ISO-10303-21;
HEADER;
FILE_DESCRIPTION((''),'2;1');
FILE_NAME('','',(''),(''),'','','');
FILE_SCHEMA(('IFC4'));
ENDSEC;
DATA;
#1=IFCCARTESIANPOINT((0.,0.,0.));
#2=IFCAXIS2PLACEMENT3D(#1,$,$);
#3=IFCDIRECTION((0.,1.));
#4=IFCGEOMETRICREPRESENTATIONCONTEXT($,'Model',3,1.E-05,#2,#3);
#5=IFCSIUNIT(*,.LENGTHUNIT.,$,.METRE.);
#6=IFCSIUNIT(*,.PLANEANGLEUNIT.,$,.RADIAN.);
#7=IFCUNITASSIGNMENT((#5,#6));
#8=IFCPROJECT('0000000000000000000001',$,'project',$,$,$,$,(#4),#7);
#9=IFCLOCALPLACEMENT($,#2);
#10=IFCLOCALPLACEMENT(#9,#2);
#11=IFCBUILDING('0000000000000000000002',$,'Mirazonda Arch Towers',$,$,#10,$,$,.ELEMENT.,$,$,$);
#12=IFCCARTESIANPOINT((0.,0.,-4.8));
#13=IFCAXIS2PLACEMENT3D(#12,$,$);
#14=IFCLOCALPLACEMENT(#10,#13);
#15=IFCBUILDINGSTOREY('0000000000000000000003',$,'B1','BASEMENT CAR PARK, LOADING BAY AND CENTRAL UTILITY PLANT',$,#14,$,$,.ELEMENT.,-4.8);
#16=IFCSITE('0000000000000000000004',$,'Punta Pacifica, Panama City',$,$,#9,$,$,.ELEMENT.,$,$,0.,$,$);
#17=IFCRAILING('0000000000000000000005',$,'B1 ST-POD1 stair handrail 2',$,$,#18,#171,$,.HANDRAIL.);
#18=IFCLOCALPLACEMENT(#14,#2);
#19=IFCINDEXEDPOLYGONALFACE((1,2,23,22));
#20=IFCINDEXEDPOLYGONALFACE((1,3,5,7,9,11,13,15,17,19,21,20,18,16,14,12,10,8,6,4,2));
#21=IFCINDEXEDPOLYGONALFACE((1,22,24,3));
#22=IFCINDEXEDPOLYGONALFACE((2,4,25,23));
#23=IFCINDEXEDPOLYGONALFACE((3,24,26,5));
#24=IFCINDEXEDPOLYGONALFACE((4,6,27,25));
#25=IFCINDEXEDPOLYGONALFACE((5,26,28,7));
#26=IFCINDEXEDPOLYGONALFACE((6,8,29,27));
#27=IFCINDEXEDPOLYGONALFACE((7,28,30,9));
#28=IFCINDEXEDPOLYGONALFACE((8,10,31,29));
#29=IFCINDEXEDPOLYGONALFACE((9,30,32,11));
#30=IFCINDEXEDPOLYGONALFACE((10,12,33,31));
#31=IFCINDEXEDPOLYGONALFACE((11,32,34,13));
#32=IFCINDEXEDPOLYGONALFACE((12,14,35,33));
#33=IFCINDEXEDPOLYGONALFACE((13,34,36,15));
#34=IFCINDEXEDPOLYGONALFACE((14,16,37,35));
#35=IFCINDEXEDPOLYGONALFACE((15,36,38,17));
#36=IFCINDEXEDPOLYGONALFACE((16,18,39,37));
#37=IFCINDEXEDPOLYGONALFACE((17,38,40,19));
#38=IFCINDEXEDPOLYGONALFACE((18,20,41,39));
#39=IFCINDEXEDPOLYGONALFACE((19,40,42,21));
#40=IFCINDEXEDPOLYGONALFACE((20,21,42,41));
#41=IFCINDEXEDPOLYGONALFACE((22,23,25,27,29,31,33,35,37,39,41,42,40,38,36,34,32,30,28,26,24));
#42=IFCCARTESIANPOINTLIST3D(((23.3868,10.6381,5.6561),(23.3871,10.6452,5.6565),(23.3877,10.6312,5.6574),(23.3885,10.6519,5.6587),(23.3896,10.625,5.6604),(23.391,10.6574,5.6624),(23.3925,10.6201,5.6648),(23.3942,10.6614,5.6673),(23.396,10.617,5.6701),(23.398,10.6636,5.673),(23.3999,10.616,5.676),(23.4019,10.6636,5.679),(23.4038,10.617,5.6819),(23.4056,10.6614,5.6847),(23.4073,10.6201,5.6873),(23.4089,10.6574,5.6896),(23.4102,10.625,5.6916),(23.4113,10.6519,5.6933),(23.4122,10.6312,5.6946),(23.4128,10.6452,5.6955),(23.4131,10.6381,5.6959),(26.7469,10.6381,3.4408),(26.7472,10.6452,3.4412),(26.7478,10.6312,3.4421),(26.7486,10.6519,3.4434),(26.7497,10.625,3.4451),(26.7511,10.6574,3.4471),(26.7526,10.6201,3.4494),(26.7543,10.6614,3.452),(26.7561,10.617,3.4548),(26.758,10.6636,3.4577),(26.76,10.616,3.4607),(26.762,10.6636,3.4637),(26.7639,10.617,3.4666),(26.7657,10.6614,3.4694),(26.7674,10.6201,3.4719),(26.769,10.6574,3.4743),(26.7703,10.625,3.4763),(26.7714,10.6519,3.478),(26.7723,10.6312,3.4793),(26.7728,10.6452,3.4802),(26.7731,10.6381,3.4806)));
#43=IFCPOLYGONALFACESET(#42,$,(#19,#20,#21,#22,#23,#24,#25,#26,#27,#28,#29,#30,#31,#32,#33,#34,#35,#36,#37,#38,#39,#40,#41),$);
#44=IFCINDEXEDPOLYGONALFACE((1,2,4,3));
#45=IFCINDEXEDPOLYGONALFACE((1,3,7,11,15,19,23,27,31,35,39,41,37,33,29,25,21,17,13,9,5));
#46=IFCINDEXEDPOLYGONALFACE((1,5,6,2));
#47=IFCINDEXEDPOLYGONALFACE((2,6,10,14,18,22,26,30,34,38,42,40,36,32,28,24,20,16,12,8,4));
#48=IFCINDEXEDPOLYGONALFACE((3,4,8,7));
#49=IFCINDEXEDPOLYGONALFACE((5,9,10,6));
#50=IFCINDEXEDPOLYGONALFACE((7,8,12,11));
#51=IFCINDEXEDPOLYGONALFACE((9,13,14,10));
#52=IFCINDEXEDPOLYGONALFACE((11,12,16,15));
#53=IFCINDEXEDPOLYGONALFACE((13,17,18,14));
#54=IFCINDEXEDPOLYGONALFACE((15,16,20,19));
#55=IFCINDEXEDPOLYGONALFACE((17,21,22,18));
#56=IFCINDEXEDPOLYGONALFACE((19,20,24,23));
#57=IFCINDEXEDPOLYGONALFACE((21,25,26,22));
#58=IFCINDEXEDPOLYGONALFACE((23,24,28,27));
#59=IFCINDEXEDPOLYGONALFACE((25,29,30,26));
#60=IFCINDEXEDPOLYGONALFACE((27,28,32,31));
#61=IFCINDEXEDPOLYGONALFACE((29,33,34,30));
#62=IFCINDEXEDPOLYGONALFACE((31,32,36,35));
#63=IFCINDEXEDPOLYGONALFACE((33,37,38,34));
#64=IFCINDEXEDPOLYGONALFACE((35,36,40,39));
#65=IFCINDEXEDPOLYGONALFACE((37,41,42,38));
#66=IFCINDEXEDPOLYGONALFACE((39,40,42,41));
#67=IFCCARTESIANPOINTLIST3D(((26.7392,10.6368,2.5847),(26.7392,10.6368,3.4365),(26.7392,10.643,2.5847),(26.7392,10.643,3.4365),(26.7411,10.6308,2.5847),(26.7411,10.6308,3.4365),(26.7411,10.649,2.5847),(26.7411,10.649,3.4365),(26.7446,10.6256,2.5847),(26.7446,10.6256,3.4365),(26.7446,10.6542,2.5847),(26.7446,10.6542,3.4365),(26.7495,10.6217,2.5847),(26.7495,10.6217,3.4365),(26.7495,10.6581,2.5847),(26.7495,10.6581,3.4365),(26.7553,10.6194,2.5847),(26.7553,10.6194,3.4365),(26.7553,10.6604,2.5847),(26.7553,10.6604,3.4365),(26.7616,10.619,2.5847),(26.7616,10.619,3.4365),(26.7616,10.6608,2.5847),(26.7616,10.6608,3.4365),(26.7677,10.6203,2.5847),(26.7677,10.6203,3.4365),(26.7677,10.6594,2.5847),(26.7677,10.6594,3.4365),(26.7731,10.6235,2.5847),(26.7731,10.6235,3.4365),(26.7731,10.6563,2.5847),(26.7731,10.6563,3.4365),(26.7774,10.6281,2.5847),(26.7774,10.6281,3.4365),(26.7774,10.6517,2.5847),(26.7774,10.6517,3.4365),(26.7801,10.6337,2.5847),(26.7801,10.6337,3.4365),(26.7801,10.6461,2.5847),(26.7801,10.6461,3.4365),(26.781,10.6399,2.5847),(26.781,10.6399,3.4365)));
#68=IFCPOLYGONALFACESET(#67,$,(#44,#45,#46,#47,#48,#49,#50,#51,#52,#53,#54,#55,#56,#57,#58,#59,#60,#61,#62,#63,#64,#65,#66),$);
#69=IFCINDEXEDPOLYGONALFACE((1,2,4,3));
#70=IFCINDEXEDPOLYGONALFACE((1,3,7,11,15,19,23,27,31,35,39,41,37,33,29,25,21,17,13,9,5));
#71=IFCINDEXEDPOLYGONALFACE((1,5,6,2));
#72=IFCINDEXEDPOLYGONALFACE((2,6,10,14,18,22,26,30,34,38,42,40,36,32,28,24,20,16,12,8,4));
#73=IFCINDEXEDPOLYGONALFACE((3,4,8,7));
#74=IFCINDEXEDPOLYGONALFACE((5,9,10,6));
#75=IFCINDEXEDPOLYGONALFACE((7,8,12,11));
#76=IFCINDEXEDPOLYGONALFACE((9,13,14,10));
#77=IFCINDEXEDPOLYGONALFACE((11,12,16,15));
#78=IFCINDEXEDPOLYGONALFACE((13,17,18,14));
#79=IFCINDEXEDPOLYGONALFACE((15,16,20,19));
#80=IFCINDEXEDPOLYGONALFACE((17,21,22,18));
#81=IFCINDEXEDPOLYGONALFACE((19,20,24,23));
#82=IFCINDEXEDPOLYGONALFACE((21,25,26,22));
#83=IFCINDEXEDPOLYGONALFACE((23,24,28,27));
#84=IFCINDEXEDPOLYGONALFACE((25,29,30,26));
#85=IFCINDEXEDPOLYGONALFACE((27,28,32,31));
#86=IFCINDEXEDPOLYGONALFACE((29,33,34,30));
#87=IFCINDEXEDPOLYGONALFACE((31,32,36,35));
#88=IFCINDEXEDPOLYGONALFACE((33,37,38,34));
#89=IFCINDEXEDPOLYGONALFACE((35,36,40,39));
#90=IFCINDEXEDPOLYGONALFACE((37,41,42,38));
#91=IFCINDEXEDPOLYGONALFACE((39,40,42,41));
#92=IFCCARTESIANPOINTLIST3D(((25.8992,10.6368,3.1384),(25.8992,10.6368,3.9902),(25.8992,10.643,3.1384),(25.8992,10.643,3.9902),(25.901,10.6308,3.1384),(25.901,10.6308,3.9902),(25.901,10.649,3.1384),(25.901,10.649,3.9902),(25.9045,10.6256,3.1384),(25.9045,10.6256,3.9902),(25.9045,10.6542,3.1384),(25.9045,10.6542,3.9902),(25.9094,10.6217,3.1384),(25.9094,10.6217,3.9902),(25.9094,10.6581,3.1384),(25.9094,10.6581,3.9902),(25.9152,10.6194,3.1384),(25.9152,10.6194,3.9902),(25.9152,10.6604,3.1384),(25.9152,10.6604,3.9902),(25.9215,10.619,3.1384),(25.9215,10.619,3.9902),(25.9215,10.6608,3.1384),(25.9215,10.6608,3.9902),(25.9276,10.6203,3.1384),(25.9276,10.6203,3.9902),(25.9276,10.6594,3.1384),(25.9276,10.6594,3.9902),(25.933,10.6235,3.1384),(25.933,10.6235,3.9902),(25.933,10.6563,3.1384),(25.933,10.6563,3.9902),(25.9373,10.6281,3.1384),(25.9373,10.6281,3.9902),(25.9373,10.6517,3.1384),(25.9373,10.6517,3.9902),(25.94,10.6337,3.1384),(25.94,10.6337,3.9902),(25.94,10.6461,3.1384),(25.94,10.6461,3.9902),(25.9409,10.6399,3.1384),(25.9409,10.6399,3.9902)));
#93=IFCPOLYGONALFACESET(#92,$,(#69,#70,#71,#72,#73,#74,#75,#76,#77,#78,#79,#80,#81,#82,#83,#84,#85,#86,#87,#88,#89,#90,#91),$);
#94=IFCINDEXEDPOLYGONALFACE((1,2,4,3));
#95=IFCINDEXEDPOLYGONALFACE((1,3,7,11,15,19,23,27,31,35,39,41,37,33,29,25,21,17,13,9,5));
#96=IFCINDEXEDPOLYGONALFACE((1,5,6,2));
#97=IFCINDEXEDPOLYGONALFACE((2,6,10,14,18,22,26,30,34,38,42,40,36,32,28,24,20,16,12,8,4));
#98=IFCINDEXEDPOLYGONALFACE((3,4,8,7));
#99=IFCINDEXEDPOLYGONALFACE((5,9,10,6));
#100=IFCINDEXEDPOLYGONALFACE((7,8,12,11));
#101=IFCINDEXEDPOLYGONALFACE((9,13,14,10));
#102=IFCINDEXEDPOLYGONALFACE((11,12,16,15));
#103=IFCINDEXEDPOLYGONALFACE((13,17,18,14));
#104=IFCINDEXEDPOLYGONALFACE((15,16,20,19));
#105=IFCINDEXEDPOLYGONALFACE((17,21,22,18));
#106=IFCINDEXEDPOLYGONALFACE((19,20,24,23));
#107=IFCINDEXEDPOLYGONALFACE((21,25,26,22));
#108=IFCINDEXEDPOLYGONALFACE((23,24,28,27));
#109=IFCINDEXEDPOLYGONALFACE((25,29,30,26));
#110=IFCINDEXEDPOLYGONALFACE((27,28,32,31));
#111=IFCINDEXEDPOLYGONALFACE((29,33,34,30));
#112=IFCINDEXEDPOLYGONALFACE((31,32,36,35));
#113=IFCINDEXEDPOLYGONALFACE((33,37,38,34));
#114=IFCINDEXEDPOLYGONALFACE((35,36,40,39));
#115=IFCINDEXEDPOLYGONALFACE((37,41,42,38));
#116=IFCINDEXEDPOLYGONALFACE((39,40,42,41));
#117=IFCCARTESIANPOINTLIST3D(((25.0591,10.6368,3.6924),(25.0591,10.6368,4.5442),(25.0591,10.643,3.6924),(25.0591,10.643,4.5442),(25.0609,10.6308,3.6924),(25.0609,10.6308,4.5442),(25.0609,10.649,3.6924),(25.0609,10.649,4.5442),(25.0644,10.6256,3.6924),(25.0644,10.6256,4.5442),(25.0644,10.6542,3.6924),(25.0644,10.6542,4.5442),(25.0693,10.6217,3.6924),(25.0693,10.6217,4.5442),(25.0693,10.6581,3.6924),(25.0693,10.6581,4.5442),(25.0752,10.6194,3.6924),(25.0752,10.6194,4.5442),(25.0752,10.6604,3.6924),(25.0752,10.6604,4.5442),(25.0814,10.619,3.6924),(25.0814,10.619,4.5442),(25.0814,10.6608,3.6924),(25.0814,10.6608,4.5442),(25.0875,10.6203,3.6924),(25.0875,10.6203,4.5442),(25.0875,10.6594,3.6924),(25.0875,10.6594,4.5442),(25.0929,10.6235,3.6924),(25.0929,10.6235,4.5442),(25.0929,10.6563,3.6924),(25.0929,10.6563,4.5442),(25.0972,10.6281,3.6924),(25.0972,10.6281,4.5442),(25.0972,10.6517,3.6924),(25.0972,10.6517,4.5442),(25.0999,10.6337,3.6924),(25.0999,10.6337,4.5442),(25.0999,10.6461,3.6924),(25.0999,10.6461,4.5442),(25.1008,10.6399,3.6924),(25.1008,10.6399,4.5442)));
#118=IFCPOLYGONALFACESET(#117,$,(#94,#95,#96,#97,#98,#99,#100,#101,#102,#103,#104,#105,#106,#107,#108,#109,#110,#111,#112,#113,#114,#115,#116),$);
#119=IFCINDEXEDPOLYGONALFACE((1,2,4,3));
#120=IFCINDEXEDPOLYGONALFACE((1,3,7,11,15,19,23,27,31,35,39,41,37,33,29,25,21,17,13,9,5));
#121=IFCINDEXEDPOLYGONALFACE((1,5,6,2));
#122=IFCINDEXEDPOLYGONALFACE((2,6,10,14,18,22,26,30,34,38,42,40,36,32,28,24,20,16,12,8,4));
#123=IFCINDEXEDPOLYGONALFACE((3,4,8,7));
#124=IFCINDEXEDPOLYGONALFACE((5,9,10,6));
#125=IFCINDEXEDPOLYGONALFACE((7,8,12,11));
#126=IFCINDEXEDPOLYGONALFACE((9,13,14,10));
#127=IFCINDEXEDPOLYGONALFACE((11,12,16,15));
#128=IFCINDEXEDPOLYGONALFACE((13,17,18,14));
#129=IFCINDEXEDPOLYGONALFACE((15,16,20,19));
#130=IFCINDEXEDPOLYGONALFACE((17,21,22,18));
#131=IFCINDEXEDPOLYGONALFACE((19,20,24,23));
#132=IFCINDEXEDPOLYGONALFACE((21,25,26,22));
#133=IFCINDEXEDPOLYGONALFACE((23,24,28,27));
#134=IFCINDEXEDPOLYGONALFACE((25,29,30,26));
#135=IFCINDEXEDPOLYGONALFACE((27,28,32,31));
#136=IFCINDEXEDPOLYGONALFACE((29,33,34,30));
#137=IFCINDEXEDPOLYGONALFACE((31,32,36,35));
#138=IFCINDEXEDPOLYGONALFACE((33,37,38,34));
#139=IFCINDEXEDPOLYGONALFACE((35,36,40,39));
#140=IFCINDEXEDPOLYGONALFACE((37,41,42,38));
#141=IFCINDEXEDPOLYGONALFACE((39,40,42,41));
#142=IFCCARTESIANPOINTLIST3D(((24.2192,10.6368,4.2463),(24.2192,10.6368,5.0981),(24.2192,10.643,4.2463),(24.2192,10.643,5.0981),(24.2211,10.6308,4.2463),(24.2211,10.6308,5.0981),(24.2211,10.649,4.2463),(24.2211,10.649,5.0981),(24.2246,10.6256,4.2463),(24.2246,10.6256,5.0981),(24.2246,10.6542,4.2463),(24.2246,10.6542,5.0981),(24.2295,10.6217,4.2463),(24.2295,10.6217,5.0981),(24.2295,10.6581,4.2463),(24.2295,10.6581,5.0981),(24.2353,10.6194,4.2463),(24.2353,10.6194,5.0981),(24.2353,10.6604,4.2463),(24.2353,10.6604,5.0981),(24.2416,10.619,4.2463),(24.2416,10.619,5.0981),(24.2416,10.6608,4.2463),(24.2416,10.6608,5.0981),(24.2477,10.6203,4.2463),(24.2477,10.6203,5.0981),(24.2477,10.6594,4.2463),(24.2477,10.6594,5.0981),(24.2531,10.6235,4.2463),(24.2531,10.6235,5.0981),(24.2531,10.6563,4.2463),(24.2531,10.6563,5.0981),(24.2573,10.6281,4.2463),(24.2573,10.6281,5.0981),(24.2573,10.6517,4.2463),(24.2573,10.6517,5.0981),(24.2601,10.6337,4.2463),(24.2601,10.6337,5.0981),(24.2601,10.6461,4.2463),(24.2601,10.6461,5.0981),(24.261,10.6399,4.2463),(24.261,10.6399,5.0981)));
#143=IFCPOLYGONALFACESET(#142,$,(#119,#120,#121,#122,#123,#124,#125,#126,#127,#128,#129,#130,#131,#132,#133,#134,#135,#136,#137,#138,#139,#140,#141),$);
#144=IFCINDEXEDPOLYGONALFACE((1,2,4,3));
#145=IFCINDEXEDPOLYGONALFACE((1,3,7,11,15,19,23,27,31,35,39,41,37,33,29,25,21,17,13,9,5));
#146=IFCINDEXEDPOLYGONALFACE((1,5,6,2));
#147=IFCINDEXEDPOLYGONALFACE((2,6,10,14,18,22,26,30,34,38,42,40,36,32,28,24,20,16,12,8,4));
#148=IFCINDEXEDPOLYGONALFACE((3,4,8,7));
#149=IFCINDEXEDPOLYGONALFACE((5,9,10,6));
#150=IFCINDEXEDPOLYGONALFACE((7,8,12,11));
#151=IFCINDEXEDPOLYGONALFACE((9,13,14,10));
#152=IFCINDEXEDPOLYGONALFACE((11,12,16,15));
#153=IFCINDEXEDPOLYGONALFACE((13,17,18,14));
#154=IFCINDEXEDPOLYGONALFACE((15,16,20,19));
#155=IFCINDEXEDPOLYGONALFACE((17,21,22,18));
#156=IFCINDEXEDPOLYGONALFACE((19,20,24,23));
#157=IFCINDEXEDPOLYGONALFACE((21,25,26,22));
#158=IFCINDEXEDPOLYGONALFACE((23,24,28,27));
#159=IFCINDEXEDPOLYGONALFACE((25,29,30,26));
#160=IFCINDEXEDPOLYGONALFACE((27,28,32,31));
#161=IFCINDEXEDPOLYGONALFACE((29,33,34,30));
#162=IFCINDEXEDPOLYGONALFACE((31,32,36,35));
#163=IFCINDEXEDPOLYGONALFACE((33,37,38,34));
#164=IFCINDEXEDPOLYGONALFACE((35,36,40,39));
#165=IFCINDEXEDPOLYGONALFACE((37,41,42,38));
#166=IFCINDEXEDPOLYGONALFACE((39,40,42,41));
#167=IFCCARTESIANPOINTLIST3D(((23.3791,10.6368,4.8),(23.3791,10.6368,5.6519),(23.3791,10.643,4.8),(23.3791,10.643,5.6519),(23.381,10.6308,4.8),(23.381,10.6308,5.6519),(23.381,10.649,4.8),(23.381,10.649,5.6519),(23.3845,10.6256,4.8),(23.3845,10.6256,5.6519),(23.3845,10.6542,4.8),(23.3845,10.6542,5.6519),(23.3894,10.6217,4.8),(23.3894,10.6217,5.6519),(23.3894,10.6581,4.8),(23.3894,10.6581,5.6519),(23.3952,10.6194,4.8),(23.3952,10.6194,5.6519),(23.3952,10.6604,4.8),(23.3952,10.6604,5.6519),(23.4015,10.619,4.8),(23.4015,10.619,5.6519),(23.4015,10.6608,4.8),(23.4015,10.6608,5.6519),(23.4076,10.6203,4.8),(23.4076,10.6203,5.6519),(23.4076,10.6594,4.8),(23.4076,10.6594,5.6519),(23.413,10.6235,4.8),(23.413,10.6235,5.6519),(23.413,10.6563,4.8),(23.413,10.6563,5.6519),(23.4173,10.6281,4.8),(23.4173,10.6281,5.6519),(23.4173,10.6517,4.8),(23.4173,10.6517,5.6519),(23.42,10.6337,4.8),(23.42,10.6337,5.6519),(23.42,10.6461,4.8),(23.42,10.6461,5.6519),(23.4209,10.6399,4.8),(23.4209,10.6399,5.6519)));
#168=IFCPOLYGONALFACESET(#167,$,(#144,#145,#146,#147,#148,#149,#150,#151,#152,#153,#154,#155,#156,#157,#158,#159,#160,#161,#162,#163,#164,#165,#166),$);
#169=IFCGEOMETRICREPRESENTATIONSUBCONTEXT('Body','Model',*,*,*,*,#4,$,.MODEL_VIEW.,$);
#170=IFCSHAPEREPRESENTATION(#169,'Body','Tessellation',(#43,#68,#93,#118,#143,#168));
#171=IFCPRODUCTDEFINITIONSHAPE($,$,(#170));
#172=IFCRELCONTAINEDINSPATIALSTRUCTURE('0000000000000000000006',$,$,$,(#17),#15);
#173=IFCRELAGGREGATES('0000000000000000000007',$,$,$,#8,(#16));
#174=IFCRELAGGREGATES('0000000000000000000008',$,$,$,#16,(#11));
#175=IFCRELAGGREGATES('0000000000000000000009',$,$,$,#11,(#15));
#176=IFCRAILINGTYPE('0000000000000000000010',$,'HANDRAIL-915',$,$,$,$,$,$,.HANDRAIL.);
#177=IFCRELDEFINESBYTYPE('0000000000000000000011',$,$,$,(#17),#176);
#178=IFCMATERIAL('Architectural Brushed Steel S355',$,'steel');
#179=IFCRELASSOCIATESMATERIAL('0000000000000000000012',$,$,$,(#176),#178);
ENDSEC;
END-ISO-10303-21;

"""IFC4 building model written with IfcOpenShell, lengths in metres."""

from ifc_helpers import new_model, si_unit, direction, frame, origin, origin_2d, place, context, subcontext, project, spatial, circle, extrude, material, type_object, element, save


model = new_model("IFC4")

# Units and contexts
model_context = context("Model", 3, precision=1e-05, world=origin(), true_north=direction((0.0, 1.0)))
body_context = subcontext(model_context, "Body", "Model", "MODEL_VIEW")
ifc_project = project(units=[si_unit("LENGTHUNIT", "METRE"), si_unit("PLANEANGLEUNIT", "RADIAN")], contexts=[model_context])

# Site, building, storey
site_placement = place(None, origin())
site = spatial("IfcSite", under=ifc_project, at=site_placement, Name="Punta Pacifica, Panama City", CompositionType="ELEMENT", RefElevation=0.0)
building_placement = place(site_placement, origin())
building = spatial("IfcBuilding", under=site, at=building_placement, Name="Mirazonda Arch Towers", CompositionType="ELEMENT")
storey_placement = place(building_placement, frame((0.0, 0.0, -4.8)))
storey = spatial("IfcBuildingStorey", under=building, at=storey_placement, Name="B1", Description="BASEMENT CAR PARK, LOADING BAY AND CENTRAL UTILITY PLANT", CompositionType="ELEMENT", Elevation=-4.8)

# Railing
ifc_material_1 = material(Name="Architectural Brushed Steel S355", Category="steel")
railing_type_1 = type_object("IfcRailingType", Name="HANDRAIL-915", PredefinedType="HANDRAIL", material=ifc_material_1)
railing_1_placement = place(storey_placement, frame((26.76, 10.6399, 2.5847)))
element("IfcRailing", 1, at=railing_1_placement, inside=storey, type_object=railing_type_1, Name="B1 ST-POD1 stair handrail 2", PredefinedType="HANDRAIL", context=body_context, shape_type="SweptSolid", body=[
    extrude(circle(Radius=0.0239, at=origin_2d()), frame((0.0, 0.0, 0.876), z_axis=(-0.834876, 0.0, 0.550437), x_axis=(0.0, -1.0, 0.0)), (0.0, 0.0, 1.0), 4.0247),
    extrude(circle(Radius=0.021, at=origin_2d()), origin(), (0.0, 0.0, 1.0), 0.8518),
    extrude(circle(Radius=0.021, at=origin_2d()), frame((-0.8401, 0.0, 0.5537)), (0.0, 0.0, 1.0), 0.8518),
    extrude(circle(Radius=0.021, at=origin_2d()), frame((-1.6802, 0.0, 1.1077)), (0.0, 0.0, 1.0), 0.8518),
    extrude(circle(Radius=0.021, at=origin_2d()), frame((-2.52, 0.0, 1.6616)), (0.0, 0.0, 1.0), 0.8518),
    extrude(circle(Radius=0.021, at=origin_2d()), frame((-3.3601, 0.0, 2.2153)), (0.0, 0.0, 1.0), 0.8518),
])

save(model, "model.ifc")
